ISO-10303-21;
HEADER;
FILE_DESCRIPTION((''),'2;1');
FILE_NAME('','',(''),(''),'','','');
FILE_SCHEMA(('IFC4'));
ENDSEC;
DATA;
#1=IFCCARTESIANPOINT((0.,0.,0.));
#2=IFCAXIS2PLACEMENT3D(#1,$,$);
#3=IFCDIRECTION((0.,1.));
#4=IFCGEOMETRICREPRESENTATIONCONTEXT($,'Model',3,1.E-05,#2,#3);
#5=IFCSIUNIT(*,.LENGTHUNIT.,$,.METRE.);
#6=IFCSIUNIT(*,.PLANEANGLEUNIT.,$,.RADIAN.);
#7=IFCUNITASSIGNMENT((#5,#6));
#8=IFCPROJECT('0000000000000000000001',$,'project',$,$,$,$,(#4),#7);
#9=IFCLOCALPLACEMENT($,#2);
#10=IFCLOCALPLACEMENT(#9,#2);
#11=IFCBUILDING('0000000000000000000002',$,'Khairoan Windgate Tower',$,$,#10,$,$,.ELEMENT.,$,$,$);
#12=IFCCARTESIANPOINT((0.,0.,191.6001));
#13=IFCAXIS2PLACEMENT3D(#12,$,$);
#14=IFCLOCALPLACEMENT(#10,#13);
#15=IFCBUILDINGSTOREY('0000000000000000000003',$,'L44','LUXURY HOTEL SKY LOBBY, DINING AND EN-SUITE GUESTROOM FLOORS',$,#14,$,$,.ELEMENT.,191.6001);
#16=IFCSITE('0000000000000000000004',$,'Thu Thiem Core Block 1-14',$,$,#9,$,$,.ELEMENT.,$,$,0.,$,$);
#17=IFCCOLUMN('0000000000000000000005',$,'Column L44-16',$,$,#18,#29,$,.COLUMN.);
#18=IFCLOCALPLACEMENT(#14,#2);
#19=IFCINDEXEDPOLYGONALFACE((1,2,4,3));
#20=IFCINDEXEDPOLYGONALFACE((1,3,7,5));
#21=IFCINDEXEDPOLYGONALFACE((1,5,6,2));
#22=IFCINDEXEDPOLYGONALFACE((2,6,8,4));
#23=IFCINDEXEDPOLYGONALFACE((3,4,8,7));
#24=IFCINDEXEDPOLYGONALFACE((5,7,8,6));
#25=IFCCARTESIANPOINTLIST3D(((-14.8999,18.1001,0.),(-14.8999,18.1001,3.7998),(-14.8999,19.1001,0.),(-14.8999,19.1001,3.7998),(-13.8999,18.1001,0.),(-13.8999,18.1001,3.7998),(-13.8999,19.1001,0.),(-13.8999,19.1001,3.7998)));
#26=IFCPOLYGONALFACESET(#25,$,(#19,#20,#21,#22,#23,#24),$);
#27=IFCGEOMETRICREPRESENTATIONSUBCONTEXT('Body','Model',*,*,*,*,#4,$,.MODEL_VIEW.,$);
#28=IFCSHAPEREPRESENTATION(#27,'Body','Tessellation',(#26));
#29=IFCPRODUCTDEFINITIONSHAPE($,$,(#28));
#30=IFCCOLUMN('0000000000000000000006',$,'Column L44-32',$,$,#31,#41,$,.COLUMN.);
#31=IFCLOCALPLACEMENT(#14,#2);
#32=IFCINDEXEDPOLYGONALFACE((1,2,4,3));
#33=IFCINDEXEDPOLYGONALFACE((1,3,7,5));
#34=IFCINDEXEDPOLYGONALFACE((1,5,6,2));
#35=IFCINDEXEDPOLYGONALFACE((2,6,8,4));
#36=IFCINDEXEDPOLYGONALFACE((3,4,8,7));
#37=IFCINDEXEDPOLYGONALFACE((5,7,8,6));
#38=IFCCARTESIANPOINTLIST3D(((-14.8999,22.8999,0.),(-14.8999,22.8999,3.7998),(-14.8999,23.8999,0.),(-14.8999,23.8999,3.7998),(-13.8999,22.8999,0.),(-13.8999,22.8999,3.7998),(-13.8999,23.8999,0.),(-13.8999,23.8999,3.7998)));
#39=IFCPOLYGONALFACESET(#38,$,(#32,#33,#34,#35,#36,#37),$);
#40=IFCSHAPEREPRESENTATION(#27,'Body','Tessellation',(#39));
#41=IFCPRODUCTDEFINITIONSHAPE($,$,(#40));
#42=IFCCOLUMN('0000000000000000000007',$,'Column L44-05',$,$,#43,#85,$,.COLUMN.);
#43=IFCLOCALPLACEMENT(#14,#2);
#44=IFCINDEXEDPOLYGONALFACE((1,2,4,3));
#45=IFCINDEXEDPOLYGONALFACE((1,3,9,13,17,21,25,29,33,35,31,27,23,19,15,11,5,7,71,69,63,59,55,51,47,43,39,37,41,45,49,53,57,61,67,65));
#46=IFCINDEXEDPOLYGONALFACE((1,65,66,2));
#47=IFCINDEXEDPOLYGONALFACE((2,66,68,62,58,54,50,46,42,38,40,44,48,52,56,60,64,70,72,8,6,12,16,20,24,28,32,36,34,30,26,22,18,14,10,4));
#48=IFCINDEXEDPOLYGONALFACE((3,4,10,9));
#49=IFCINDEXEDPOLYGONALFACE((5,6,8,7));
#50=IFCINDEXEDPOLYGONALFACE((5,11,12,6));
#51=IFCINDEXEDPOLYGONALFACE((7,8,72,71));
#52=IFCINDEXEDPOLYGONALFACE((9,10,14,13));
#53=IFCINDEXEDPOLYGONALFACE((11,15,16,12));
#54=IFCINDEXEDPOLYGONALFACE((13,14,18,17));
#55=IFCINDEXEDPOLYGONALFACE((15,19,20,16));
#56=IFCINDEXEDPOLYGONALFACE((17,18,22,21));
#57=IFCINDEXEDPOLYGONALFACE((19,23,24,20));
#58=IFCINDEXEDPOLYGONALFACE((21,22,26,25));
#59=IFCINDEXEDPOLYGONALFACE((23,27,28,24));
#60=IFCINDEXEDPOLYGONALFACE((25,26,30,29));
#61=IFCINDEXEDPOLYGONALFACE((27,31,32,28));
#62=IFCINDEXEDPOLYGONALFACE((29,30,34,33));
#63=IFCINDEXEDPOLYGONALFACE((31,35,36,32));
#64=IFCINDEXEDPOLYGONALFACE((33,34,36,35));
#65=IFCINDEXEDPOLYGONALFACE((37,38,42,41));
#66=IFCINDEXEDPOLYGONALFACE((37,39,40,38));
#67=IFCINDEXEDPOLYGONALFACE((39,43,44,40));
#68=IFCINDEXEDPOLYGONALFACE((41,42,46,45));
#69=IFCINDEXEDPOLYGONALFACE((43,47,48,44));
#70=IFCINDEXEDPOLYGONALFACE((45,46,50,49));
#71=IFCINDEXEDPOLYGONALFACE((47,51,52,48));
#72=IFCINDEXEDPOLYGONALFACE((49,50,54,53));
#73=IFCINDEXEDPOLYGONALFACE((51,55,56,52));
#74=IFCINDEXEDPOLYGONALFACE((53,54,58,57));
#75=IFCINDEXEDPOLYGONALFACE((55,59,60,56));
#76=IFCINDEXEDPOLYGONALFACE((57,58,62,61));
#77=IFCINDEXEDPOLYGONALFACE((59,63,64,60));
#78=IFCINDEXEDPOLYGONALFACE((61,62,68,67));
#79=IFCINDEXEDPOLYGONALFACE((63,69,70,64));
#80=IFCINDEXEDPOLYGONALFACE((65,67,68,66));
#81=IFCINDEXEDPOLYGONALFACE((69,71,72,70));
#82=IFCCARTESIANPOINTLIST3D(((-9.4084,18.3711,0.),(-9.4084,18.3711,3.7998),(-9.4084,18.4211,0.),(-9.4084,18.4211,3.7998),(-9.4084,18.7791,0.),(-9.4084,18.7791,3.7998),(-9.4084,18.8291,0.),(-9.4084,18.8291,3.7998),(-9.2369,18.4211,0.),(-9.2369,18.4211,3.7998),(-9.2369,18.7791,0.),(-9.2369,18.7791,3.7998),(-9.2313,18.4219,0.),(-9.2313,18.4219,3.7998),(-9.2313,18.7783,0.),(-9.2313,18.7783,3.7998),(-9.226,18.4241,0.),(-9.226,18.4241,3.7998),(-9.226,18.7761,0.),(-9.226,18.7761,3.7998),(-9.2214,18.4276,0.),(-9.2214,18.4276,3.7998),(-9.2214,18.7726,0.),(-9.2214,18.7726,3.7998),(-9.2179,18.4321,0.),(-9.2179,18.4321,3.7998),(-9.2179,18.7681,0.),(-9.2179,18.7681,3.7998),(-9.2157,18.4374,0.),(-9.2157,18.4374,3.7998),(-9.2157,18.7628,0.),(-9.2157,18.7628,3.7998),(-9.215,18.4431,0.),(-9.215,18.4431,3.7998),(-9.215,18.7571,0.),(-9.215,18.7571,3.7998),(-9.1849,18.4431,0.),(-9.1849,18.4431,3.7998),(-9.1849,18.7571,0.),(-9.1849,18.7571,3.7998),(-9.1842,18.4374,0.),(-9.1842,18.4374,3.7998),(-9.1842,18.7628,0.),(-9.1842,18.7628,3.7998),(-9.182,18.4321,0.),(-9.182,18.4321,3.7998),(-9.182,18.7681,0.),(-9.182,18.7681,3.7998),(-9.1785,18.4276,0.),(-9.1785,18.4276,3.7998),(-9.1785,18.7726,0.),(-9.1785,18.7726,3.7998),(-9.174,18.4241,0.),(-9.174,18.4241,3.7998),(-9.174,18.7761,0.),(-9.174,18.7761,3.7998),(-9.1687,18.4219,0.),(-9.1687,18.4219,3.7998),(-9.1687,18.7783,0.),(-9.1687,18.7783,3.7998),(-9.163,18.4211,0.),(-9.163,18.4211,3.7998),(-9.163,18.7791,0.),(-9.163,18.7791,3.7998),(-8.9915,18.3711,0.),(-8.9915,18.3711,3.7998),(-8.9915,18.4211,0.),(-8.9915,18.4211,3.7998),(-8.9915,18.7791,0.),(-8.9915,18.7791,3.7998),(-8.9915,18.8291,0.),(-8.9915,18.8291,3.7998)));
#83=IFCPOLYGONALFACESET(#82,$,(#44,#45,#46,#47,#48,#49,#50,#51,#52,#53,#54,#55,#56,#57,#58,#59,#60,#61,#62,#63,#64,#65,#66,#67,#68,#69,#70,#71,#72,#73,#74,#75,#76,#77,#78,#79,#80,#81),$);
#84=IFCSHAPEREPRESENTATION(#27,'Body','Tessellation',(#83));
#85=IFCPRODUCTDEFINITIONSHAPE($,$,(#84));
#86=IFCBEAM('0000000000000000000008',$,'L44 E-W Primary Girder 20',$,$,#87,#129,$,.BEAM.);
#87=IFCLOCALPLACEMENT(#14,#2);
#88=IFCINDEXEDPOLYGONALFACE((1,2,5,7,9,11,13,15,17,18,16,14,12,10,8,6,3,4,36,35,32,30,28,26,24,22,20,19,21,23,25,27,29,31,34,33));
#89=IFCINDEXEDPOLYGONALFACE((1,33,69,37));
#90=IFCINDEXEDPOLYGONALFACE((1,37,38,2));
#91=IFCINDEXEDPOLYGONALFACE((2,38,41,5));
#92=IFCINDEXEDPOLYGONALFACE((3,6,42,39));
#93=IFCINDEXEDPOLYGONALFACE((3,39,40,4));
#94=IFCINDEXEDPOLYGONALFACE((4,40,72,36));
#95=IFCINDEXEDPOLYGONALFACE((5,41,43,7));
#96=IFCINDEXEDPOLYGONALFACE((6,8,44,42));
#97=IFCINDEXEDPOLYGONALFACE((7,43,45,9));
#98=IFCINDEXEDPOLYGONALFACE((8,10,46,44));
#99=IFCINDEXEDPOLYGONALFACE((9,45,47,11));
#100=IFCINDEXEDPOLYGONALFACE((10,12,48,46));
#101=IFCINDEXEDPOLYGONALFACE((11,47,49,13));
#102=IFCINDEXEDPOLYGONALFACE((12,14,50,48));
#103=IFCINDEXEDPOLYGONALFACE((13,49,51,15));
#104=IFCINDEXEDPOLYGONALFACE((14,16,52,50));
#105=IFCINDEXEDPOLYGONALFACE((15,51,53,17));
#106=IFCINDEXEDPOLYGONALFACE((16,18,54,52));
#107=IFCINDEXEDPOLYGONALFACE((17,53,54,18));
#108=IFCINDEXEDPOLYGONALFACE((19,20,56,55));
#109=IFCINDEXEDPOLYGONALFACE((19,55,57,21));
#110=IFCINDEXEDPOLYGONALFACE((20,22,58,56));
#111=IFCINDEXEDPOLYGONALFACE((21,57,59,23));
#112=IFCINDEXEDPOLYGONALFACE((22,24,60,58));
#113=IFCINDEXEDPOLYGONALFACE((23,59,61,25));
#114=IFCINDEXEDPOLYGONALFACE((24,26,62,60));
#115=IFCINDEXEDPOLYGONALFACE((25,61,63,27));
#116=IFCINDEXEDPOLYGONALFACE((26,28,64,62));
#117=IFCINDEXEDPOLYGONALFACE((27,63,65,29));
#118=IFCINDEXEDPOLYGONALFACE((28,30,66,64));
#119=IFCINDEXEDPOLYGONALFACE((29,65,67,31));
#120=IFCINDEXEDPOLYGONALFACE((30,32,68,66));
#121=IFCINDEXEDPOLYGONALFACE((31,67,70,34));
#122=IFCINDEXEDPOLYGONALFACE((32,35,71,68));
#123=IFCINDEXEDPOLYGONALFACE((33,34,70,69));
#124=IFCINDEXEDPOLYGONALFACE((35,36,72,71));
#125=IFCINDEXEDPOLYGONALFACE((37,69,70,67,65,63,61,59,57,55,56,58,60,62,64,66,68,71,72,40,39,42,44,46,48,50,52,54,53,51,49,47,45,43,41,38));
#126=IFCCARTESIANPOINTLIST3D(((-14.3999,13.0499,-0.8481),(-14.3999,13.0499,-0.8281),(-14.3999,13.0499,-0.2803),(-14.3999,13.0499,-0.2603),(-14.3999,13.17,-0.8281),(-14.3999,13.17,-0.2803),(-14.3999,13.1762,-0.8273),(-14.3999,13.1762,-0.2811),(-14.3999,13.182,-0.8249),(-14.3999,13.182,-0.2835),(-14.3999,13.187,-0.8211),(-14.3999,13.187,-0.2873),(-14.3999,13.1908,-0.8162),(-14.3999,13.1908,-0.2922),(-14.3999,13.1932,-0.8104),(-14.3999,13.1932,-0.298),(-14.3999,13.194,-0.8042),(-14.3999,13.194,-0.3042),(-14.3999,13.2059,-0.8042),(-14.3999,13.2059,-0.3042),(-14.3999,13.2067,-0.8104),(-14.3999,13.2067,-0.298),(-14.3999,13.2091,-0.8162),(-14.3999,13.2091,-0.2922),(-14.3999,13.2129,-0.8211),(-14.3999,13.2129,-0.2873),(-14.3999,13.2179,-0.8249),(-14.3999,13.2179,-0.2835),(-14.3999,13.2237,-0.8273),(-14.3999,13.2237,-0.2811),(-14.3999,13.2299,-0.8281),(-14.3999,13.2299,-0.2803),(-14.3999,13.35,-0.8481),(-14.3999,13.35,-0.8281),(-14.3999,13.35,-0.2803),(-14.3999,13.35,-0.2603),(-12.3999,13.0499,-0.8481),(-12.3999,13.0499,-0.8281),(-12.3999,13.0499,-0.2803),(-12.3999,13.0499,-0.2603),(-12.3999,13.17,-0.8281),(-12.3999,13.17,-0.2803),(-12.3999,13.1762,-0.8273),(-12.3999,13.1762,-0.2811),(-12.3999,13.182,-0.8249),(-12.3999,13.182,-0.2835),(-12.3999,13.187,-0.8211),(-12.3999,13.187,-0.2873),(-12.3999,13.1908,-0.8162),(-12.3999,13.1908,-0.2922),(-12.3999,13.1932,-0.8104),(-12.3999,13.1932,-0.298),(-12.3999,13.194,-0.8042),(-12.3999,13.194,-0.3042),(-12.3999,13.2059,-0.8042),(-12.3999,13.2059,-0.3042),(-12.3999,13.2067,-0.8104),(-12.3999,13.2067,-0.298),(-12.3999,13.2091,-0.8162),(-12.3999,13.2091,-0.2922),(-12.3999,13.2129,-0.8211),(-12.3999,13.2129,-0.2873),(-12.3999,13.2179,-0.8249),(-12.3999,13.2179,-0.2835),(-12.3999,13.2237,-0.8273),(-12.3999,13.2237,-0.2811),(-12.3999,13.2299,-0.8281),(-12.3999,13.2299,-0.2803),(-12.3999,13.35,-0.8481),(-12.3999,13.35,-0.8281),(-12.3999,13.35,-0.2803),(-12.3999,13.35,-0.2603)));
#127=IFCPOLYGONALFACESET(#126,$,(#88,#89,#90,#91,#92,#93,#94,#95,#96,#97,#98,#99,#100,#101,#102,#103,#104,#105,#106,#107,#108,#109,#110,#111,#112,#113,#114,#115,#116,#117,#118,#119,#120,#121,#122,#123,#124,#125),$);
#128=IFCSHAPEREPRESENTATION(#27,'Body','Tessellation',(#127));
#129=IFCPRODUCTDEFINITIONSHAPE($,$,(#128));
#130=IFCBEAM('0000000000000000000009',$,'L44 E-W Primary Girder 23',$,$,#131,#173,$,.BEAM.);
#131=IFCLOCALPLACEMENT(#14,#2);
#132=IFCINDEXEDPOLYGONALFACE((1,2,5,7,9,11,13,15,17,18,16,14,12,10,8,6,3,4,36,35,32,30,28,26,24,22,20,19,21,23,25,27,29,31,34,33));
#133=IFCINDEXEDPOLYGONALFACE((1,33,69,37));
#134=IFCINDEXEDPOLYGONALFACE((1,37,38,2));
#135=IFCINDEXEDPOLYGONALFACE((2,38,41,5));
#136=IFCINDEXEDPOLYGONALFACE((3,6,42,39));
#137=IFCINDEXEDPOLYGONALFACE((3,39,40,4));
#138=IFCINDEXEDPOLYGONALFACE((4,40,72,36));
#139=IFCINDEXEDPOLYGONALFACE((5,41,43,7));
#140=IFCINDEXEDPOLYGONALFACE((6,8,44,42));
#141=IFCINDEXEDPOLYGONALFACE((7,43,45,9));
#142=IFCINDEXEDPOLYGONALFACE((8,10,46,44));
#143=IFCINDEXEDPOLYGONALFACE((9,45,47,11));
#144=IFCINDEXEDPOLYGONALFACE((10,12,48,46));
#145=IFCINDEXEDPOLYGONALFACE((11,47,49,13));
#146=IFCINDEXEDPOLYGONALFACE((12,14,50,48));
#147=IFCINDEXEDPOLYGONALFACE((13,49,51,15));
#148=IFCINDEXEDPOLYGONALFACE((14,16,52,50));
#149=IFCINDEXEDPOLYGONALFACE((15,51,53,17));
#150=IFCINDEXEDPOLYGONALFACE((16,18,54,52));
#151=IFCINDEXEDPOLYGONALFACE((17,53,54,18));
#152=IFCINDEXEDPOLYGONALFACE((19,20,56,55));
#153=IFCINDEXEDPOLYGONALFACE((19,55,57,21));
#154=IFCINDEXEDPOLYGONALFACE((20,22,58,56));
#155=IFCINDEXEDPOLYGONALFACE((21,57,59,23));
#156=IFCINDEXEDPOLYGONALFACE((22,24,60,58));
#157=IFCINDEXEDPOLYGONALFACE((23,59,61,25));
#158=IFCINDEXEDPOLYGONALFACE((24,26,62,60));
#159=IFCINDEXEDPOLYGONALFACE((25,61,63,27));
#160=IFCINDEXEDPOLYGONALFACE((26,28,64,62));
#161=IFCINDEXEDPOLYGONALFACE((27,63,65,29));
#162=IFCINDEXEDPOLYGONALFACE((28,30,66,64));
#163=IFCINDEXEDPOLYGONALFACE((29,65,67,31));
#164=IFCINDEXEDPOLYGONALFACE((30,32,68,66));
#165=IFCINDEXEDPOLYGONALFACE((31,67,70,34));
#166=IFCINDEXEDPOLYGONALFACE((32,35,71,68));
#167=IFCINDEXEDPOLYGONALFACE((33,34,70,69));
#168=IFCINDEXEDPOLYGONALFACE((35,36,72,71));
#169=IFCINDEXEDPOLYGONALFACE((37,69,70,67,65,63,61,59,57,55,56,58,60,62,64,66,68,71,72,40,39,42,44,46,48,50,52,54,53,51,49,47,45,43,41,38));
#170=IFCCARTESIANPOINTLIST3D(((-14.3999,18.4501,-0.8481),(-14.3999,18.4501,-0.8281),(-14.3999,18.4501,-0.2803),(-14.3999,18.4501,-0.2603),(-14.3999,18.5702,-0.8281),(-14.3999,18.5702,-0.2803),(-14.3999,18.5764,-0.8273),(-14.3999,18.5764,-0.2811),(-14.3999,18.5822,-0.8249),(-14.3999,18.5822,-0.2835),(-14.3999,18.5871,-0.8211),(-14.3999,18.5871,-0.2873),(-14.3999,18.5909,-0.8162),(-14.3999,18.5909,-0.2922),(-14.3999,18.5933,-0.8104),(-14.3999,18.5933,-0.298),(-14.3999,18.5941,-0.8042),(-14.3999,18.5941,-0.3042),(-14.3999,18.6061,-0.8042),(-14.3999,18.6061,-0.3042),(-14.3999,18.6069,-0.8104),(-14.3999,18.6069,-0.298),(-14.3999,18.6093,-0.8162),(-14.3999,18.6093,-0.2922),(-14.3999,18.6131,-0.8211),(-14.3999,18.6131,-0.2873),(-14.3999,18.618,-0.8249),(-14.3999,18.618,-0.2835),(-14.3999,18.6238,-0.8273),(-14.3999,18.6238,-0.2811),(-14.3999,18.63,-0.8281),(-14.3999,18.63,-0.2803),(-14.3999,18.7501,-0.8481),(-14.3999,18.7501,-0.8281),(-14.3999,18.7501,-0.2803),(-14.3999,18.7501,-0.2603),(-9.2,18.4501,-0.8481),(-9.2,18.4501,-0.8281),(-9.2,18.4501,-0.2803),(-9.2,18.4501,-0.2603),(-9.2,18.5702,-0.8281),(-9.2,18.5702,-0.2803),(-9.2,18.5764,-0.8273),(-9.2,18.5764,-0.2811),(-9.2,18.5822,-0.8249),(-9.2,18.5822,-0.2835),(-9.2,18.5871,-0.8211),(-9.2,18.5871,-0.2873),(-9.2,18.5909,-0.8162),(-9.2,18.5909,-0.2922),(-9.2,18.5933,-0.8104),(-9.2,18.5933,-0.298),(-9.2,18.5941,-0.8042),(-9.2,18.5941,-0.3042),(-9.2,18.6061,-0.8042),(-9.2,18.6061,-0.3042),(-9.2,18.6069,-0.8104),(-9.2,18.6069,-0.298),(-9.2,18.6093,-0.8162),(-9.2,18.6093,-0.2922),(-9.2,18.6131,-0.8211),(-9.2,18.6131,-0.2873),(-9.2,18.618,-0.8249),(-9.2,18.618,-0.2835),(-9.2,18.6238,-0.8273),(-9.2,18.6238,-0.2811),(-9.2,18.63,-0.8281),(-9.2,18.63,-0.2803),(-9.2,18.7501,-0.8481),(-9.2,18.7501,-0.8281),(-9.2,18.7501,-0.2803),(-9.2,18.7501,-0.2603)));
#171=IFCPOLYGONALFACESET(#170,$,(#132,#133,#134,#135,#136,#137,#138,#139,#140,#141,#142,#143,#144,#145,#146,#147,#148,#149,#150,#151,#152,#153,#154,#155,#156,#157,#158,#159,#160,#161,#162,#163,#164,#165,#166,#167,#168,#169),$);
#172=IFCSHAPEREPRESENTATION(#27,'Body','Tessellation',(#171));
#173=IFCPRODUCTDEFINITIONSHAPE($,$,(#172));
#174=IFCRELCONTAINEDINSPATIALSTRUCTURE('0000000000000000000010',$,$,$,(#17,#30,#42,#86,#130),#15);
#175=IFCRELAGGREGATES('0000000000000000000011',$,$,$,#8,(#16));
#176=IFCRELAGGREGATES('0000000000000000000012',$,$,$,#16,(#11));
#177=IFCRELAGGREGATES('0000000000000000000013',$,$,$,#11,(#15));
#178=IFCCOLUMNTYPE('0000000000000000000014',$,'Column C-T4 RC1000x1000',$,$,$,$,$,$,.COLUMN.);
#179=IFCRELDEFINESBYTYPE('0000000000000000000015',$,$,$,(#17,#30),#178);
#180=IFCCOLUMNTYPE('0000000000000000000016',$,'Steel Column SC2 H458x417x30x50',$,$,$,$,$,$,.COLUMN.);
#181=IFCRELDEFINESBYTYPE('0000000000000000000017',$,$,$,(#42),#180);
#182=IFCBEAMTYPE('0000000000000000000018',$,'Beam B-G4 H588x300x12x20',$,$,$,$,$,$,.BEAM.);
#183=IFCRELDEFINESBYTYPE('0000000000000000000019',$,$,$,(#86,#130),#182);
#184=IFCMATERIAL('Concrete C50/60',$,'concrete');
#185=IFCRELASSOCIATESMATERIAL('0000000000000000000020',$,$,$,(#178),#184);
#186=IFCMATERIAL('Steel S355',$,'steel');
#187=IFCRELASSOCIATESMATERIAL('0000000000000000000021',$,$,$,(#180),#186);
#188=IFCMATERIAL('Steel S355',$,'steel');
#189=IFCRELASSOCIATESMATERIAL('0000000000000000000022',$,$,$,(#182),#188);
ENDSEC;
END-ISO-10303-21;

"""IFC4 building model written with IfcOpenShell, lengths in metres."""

from ifc_helpers import new_model, si_unit, direction, frame, origin, origin_2d, place, context, subcontext, project, spatial, rectangle, i_section, extrude, material, material_profile, profile_set, type_object, element, save


model = new_model("IFC4")

# Units and contexts
model_context = context("Model", 3, precision=1e-05, world=origin(), true_north=direction((0.0, 1.0)))
body_context = subcontext(model_context, "Body", "Model", "MODEL_VIEW")
ifc_project = project(units=[si_unit("LENGTHUNIT", "METRE"), si_unit("PLANEANGLEUNIT", "RADIAN")], contexts=[model_context])

# Site, building, storey
site_placement = place(None, origin())
site = spatial("IfcSite", under=ifc_project, at=site_placement, Name="Thu Thiem Core Block 1-14", CompositionType="ELEMENT", RefElevation=0.0)
building_placement = place(site_placement, origin())
building = spatial("IfcBuilding", under=site, at=building_placement, Name="Khairoan Windgate Tower", CompositionType="ELEMENT")
storey_placement = place(building_placement, frame((0.0, 0.0, 191.6001)))
storey = spatial("IfcBuildingStorey", under=building, at=storey_placement, Name="L44", Description="LUXURY HOTEL SKY LOBBY, DINING AND EN-SUITE GUESTROOM FLOORS", CompositionType="ELEMENT", Elevation=191.6001)

# Columns
ifc_material_1 = material(Name="Concrete C50/60", Category="concrete")
ifc_material_profile_1 = material_profile(ifc_material_1, rectangle(XDim=1.0, YDim=1.0, at=origin_2d()))
ifc_profile_set_1 = profile_set([ifc_material_profile_1], Name="Concrete C50/60")
column_type_1 = type_object("IfcColumnType", Name="Column C-T4 RC1000x1000", PredefinedType="COLUMN", material=ifc_profile_set_1)
for number, where, z_axis, x_axis, name in (
    (1, (-14.3999, 18.6001, 0.0), (0.0, 0.0, 1.0), (1.0, 0.0, 0.0), "Column L44-16"),
    (2, (-14.3999, 23.3999, 0.0), (0.0, 0.0, 1.0), (1.0, 0.0, 0.0), "Column L44-32"),
):
    element("IfcColumn", number, at=place(storey_placement, frame(where, z_axis=z_axis, x_axis=x_axis)), inside=storey, type_object=column_type_1, Name=name, PredefinedType="COLUMN", context=body_context, shape_type="SweptSolid", body=[
        extrude(rectangle(XDim=1.0, YDim=1.0, at=origin_2d()), origin(), (0.0, 0.0, 1.0), 3.7998),
    ])
ifc_material_2 = material(Name="Steel S355", Category="steel")
ifc_material_profile_2 = material_profile(ifc_material_2, i_section(OverallWidth=0.417, OverallDepth=0.458, WebThickness=0.03, FlangeThickness=0.05, FilletRadius=0.022, at=origin_2d()))
ifc_profile_set_2 = profile_set([ifc_material_profile_2], Name="Steel S355")
column_type_2 = type_object("IfcColumnType", Name="Steel Column SC2 H458x417x30x50", PredefinedType="COLUMN", material=ifc_profile_set_2)
column_placement = place(storey_placement, frame((-9.2, 18.6001, 0.0), z_axis=(0.0, 0.0, 1.0), x_axis=(1.0, 0.0, 0.0)))
element("IfcColumn", 3, at=column_placement, inside=storey, type_object=column_type_2, Name="Column L44-05", PredefinedType="COLUMN", context=body_context, shape_type="SweptSolid", body=[
    extrude(i_section(OverallWidth=0.417, OverallDepth=0.458, WebThickness=0.03, FlangeThickness=0.05, FilletRadius=0.022, at=origin_2d()), origin(), (0.0, 0.0, 1.0), 3.7998),
])

# Beams
ifc_material_3 = material(Name="Steel S355", Category="steel")
ifc_material_profile_3 = material_profile(ifc_material_3, i_section(OverallWidth=0.3, OverallDepth=0.5879, WebThickness=0.012, FlangeThickness=0.02, FilletRadius=0.0239, at=origin_2d()))
ifc_profile_set_3 = profile_set([ifc_material_profile_3], Name="Steel S355")
beam_type_1 = type_object("IfcBeamType", Name="Beam B-G4 H588x300x12x20", PredefinedType="BEAM", material=ifc_profile_set_3)
beam_1_placement = place(storey_placement, frame((-14.3999, 13.2, -0.5542), z_axis=(1.0, 0.0, 0.0), x_axis=(0.0, 1.0, 0.0)))
element("IfcBeam", 4, at=beam_1_placement, inside=storey, type_object=beam_type_1, Name="L44 E-W Primary Girder 20", PredefinedType="BEAM", context=body_context, shape_type="SweptSolid", body=[
    extrude(i_section(OverallWidth=0.3, OverallDepth=0.5879, WebThickness=0.012, FlangeThickness=0.02, FilletRadius=0.0239, at=origin_2d()), origin(), (0.0, 0.0, 1.0), 2.0),
])
beam_2_placement = place(storey_placement, frame((-14.3999, 18.6001, -0.5542), z_axis=(1.0, 0.0, 0.0), x_axis=(0.0, 1.0, 0.0)))
element("IfcBeam", 5, at=beam_2_placement, inside=storey, type_object=beam_type_1, Name="L44 E-W Primary Girder 23", PredefinedType="BEAM", context=body_context, shape_type="SweptSolid", body=[
    extrude(i_section(OverallWidth=0.3, OverallDepth=0.5879, WebThickness=0.012, FlangeThickness=0.02, FilletRadius=0.0239, at=origin_2d()), origin(), (0.0, 0.0, 1.0), 5.2),
])

save(model, "model.ifc")
